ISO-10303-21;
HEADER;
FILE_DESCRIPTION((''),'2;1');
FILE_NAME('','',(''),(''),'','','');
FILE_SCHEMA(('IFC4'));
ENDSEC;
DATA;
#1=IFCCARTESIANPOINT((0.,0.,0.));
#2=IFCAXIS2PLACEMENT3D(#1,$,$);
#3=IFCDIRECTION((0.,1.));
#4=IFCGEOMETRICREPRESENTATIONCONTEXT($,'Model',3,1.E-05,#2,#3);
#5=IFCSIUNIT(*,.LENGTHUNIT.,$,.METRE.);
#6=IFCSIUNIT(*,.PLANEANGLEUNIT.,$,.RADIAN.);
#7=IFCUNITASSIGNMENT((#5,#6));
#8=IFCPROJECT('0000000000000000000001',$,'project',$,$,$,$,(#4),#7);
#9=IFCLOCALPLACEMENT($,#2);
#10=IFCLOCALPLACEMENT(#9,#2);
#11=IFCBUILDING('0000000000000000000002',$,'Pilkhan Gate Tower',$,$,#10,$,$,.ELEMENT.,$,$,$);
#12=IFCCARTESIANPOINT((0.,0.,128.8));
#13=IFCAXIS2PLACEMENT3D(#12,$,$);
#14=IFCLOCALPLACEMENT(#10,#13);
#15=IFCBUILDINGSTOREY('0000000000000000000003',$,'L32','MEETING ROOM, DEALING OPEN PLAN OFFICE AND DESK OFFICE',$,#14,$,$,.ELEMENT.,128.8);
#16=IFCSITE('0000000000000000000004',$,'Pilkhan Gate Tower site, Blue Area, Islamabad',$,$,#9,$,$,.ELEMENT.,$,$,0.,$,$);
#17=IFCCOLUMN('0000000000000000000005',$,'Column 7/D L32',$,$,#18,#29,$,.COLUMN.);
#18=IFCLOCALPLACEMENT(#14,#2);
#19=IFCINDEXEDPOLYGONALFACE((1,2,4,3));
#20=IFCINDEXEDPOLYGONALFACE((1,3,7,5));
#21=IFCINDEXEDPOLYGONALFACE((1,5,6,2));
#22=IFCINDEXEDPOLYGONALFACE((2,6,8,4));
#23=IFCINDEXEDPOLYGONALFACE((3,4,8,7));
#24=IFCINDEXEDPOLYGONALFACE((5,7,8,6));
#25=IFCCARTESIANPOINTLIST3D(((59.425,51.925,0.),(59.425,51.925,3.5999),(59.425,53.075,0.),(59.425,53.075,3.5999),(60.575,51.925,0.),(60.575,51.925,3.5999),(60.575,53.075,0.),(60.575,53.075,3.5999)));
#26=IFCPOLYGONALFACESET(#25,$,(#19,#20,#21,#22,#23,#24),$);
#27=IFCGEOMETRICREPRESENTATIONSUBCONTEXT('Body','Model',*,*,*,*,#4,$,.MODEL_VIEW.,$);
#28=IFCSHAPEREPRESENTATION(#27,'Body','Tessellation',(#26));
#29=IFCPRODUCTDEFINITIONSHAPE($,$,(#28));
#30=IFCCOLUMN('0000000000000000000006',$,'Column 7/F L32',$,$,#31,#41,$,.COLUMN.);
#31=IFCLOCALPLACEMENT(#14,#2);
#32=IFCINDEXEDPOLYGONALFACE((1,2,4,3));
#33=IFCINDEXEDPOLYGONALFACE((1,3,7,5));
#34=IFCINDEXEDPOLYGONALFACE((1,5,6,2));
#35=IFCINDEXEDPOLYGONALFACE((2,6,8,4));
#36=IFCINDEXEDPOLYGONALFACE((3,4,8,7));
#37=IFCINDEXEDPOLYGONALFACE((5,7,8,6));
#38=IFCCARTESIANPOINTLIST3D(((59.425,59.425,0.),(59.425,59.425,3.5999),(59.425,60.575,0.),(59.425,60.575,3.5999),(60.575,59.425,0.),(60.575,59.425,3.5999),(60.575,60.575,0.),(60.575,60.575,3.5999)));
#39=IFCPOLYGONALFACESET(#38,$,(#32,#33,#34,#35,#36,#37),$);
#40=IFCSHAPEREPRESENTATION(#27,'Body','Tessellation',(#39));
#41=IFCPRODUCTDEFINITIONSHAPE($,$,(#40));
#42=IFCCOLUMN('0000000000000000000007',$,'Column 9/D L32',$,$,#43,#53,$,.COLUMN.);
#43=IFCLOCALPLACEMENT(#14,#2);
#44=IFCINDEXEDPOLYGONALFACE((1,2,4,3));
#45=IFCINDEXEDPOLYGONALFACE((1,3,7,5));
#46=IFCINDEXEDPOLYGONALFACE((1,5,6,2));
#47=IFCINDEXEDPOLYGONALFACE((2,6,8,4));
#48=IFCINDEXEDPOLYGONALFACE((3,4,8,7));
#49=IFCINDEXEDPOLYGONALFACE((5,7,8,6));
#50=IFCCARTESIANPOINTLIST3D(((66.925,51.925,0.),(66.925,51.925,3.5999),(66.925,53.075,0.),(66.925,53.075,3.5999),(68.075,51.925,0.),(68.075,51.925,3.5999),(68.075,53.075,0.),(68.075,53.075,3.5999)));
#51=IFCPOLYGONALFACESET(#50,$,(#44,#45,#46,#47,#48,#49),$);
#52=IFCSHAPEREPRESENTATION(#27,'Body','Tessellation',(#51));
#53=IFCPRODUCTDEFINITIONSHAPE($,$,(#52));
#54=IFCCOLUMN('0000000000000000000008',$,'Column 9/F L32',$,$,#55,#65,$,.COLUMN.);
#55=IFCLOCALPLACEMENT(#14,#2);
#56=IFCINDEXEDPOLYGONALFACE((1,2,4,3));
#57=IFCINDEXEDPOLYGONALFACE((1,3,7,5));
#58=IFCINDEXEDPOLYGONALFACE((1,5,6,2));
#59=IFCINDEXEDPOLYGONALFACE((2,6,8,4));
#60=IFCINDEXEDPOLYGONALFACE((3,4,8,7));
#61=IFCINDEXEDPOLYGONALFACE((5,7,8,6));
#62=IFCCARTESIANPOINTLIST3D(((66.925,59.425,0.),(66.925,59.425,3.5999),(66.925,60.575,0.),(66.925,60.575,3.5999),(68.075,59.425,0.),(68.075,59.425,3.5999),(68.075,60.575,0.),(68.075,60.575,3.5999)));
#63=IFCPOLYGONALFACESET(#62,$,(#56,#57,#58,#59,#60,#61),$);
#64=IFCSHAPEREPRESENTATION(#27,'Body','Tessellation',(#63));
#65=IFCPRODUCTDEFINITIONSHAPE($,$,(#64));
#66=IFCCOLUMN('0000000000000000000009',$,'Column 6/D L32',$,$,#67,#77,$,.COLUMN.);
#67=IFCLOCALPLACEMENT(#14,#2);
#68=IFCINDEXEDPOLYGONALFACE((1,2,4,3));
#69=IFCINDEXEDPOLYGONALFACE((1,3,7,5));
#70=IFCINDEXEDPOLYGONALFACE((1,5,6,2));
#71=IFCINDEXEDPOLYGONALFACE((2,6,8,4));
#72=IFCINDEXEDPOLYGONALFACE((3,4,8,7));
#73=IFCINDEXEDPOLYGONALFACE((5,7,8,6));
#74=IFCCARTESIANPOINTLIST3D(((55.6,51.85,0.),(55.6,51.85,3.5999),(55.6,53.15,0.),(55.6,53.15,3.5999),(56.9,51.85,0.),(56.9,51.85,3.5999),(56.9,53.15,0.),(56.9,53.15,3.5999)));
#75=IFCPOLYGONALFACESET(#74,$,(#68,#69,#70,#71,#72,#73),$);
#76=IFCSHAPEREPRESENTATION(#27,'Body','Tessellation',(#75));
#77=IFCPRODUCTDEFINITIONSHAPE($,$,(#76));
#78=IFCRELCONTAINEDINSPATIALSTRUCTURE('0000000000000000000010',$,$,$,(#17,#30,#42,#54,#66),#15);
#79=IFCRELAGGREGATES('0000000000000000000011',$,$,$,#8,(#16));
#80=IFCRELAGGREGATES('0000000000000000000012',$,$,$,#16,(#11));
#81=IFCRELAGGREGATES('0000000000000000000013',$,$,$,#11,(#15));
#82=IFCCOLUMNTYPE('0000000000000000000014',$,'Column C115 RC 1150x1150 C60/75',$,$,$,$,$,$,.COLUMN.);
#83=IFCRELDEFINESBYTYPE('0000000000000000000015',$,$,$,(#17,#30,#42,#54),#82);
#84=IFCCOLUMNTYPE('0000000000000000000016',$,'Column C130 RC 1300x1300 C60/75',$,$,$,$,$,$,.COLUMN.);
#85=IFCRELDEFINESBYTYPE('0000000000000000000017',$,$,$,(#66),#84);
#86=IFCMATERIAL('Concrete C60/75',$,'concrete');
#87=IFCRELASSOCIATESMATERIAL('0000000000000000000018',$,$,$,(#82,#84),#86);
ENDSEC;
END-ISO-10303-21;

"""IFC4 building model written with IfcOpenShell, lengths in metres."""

from ifc_helpers import new_model, si_unit, direction, frame, origin, origin_2d, place, context, subcontext, project, spatial, rectangle, extrude, material, material_profile, profile_set, type_object, element, save


model = new_model("IFC4")

# Units and contexts
model_context = context("Model", 3, precision=1e-05, world=origin(), true_north=direction((0.0, 1.0)))
body_context = subcontext(model_context, "Body", "Model", "MODEL_VIEW")
ifc_project = project(units=[si_unit("LENGTHUNIT", "METRE"), si_unit("PLANEANGLEUNIT", "RADIAN")], contexts=[model_context])

# Site, building, storey
site_placement = place(None, origin())
site = spatial("IfcSite", under=ifc_project, at=site_placement, Name="Pilkhan Gate Tower site, Blue Area, Islamabad", CompositionType="ELEMENT", RefElevation=0.0)
building_placement = place(site_placement, origin())
building = spatial("IfcBuilding", under=site, at=building_placement, Name="Pilkhan Gate Tower", CompositionType="ELEMENT")
storey_placement = place(building_placement, frame((0.0, 0.0, 128.8)))
storey = spatial("IfcBuildingStorey", under=building, at=storey_placement, Name="L32", Description="MEETING ROOM, DEALING OPEN PLAN OFFICE AND DESK OFFICE", CompositionType="ELEMENT", Elevation=128.8)

# Columns
ifc_material_1 = material(Name="Concrete C60/75", Category="concrete")
ifc_material_profile_1 = material_profile(ifc_material_1, rectangle(XDim=1.1499, YDim=1.1499, at=origin_2d()), Name="RC 1150x1150")
ifc_profile_set_1 = profile_set([ifc_material_profile_1], Name="Concrete C60/75")
column_type_1 = type_object("IfcColumnType", Name="Column C115 RC 1150x1150 C60/75", PredefinedType="COLUMN", material=ifc_profile_set_1)
for number, where, z_axis, x_axis, name in (
    (1, (60.0, 52.5, 0.0), (0.0, 0.0, 1.0), (1.0, 0.0, 0.0), "Column 7/D L32"),
    (2, (60.0, 60.0, 0.0), (0.0, 0.0, 1.0), (1.0, 0.0, 0.0), "Column 7/F L32"),
    (3, (67.5, 52.5, 0.0), (0.0, 0.0, 1.0), (1.0, 0.0, 0.0), "Column 9/D L32"),
    (4, (67.5, 60.0, 0.0), (0.0, 0.0, 1.0), (1.0, 0.0, 0.0), "Column 9/F L32"),
):
    element("IfcColumn", number, at=place(storey_placement, frame(where, z_axis=z_axis, x_axis=x_axis)), inside=storey, type_object=column_type_1, Name=name, PredefinedType="COLUMN", context=body_context, shape_type="SweptSolid", body=[
        extrude(rectangle(XDim=1.1499, YDim=1.1499, at=origin_2d()), origin(), (0.0, 0.0, 1.0), 3.5999),
    ])
ifc_material_profile_2 = material_profile(ifc_material_1, rectangle(XDim=1.3, YDim=1.3, at=origin_2d()), Name="RC 1300x1300")
ifc_profile_set_2 = profile_set([ifc_material_profile_2], Name="Concrete C60/75")
column_type_2 = type_object("IfcColumnType", Name="Column C130 RC 1300x1300 C60/75", PredefinedType="COLUMN", material=ifc_profile_set_2)
column_placement = place(storey_placement, frame((56.25, 52.5, 0.0), z_axis=(0.0, 0.0, 1.0), x_axis=(1.0, 0.0, 0.0)))
element("IfcColumn", 5, at=column_placement, inside=storey, type_object=column_type_2, Name="Column 6/D L32", PredefinedType="COLUMN", context=body_context, shape_type="SweptSolid", body=[
    extrude(rectangle(XDim=1.3, YDim=1.3, at=origin_2d()), origin(), (0.0, 0.0, 1.0), 3.5999),
])

save(model, "model.ifc")
